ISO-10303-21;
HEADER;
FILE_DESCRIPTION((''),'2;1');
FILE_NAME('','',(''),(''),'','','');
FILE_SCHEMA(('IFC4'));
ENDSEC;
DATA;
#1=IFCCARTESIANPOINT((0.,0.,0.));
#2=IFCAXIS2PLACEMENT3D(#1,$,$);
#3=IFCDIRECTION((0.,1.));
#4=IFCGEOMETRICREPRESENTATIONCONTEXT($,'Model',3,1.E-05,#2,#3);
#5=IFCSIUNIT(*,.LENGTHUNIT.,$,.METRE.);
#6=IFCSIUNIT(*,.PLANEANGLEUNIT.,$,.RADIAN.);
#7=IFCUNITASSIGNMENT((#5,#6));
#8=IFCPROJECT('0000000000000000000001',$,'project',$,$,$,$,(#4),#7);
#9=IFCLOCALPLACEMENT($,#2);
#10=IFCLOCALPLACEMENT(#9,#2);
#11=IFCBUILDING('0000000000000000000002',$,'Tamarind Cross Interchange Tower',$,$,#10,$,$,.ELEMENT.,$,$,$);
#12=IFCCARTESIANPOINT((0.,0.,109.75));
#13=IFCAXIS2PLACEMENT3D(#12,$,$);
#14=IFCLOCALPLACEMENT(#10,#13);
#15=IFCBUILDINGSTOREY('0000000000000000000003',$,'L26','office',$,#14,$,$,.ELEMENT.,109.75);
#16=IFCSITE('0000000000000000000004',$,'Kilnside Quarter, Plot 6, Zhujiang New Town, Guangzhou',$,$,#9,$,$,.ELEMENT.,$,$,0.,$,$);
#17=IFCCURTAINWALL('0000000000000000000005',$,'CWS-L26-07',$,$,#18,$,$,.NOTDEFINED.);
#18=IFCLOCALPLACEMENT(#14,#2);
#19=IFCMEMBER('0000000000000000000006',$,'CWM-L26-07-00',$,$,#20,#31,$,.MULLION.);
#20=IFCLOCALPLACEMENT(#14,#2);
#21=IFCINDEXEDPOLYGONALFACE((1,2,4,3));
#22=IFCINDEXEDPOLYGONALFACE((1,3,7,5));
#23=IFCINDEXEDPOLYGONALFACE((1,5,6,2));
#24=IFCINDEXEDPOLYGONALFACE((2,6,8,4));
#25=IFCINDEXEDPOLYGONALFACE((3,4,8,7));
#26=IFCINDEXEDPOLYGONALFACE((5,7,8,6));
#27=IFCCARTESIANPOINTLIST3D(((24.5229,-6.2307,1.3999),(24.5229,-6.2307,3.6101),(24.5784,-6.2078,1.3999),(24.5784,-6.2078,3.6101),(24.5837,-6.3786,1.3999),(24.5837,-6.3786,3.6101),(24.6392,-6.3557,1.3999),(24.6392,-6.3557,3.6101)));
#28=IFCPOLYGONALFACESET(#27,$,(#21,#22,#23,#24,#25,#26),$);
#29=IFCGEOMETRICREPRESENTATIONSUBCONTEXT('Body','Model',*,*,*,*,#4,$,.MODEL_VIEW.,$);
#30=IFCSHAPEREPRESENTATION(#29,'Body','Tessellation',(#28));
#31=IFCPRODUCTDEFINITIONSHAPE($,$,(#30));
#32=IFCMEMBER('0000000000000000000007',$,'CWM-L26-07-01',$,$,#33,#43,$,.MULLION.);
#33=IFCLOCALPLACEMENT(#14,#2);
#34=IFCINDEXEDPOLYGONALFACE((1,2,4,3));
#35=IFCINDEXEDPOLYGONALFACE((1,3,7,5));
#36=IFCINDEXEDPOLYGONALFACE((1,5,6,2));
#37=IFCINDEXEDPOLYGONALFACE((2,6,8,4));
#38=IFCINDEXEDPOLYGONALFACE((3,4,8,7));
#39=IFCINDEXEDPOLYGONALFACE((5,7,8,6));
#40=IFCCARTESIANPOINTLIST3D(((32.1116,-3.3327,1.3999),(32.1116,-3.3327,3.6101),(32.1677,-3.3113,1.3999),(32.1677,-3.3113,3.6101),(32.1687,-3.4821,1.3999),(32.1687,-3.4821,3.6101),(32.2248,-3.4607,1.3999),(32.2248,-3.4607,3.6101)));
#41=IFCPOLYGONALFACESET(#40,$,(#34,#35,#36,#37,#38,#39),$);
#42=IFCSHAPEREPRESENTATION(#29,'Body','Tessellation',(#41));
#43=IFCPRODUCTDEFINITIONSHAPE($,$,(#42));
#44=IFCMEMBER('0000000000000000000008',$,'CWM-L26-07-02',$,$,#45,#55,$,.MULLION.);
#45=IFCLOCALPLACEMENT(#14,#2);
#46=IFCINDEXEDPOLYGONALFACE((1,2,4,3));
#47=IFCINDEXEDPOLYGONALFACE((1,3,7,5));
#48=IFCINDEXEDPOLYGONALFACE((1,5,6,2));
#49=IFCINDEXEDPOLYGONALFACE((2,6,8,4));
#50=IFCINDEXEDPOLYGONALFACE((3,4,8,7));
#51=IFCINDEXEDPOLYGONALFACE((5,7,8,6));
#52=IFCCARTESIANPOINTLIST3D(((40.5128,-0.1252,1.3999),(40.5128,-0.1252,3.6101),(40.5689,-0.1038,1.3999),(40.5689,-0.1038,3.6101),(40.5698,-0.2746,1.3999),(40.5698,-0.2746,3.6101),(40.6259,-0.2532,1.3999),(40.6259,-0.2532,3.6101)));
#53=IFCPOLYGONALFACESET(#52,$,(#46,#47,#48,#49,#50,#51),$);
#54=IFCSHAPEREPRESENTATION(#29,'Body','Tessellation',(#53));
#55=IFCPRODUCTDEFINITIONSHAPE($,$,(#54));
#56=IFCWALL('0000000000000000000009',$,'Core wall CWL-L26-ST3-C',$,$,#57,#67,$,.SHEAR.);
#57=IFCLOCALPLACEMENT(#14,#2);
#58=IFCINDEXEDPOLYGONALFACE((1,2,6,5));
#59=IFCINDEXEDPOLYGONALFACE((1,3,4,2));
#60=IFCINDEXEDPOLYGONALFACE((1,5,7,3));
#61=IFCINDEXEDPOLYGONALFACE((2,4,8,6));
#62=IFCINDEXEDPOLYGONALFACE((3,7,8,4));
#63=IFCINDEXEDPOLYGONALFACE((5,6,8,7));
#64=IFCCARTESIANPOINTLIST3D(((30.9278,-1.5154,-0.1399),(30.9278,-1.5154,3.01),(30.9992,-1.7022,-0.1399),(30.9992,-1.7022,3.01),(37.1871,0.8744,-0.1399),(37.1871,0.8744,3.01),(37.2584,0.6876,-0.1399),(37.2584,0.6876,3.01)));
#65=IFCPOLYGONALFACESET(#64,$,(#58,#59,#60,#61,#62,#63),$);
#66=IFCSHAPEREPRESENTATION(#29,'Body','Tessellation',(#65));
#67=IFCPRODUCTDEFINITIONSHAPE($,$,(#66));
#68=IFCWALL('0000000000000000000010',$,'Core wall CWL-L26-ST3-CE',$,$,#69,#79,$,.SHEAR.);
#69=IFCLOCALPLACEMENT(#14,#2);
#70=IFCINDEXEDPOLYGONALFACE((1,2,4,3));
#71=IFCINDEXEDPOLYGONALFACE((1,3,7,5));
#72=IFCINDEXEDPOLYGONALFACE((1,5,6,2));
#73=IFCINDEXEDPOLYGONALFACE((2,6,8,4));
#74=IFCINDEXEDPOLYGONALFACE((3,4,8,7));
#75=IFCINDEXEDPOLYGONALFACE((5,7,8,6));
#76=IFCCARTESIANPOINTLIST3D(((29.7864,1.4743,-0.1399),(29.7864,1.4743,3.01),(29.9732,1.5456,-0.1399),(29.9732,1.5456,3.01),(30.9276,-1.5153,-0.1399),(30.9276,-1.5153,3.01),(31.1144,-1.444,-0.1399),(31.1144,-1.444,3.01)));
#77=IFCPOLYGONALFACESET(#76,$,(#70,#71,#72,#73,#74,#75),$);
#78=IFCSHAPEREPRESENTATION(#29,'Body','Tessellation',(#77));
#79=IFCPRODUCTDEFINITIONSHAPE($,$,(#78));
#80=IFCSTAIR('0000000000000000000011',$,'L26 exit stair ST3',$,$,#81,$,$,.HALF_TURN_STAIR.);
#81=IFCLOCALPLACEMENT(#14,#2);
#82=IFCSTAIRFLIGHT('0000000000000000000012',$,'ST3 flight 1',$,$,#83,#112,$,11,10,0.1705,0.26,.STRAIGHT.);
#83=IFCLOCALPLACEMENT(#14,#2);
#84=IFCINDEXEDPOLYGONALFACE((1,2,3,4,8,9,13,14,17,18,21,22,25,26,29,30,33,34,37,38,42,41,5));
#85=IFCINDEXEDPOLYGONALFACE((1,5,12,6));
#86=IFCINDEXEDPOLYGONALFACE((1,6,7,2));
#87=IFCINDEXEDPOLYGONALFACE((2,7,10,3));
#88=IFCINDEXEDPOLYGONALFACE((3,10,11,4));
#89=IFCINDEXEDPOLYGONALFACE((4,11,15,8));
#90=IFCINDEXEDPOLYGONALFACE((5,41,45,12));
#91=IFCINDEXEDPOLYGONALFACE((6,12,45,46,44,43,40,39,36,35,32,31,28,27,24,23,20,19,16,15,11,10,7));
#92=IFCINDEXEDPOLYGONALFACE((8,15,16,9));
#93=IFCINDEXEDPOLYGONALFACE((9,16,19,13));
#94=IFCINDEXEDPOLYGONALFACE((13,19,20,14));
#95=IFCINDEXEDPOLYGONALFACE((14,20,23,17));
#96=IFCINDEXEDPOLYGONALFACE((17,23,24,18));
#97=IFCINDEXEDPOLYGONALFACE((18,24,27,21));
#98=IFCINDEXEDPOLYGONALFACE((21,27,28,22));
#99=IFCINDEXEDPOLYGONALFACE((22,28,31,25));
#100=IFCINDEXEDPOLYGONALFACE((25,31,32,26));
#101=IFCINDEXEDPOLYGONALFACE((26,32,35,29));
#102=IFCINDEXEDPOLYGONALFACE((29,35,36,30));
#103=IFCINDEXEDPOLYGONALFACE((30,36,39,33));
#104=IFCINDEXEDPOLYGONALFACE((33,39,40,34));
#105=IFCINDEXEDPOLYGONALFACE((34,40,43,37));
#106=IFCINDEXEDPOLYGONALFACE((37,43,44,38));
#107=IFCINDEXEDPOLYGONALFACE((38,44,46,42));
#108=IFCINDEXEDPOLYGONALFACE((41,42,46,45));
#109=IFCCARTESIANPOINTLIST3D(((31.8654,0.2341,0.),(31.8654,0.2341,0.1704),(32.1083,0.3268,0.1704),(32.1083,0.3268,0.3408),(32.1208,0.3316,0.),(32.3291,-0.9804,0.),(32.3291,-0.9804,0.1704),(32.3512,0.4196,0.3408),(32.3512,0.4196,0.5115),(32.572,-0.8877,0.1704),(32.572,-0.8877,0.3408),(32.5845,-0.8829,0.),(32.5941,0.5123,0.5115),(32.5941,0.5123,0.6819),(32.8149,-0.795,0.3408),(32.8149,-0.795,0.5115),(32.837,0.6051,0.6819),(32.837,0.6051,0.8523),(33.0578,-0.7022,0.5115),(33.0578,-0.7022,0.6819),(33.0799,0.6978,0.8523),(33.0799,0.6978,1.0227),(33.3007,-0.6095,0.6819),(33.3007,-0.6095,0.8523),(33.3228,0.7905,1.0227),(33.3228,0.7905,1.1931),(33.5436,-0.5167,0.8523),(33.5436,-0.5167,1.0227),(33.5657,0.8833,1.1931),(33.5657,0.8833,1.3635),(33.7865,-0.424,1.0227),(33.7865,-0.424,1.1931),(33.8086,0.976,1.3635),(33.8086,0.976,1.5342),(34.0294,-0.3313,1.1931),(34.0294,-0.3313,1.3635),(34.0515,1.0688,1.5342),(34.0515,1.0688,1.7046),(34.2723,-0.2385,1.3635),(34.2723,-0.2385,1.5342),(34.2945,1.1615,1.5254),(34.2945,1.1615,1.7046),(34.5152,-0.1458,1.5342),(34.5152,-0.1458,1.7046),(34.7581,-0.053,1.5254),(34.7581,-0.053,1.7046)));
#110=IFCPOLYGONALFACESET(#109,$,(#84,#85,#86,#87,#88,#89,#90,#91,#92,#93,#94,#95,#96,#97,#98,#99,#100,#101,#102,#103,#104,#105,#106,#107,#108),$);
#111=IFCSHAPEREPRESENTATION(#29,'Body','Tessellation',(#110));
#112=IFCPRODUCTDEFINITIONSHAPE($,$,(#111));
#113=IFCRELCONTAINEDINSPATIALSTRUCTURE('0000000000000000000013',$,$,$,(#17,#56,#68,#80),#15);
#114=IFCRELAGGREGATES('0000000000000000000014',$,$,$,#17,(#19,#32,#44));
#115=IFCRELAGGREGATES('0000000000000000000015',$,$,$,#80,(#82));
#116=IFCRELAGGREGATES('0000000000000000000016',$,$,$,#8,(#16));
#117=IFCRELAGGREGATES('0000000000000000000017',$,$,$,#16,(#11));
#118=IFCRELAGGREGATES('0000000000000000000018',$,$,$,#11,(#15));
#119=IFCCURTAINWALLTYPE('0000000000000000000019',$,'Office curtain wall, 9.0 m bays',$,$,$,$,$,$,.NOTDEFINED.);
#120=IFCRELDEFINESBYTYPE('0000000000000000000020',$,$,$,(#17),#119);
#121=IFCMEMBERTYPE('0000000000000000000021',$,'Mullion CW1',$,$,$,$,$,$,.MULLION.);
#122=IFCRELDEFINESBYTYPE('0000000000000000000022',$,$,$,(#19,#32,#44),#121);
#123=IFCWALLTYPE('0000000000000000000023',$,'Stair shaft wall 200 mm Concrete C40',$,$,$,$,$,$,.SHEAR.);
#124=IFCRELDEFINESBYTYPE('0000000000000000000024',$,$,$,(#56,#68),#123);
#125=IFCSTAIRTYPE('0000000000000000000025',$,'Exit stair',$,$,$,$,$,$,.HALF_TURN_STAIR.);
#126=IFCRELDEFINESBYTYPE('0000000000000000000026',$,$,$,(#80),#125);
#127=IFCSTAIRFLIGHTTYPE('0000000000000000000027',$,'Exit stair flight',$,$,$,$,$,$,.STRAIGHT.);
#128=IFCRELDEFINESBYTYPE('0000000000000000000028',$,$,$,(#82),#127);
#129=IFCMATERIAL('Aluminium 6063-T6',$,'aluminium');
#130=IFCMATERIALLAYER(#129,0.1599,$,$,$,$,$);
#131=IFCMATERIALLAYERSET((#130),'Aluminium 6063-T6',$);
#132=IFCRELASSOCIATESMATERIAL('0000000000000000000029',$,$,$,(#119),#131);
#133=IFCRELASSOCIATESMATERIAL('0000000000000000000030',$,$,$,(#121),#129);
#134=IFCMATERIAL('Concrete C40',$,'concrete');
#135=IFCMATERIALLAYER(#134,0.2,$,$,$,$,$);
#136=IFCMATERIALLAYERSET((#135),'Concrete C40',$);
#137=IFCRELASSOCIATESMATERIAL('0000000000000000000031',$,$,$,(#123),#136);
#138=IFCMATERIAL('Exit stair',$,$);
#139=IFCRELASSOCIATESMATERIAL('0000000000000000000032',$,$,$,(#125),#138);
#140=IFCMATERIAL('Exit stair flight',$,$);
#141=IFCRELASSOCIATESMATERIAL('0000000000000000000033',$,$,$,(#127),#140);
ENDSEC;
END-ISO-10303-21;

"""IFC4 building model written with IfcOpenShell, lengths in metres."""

from ifc_helpers import new_model, si_unit, direction, frame, frame_2d, origin, origin_2d, place, context, subcontext, project, spatial, polyline, rectangle, outline, extrude, material, layer, layer_set, material_profile, profile_set, type_object, element, aggregate, save


model = new_model("IFC4")

# Units and contexts
model_context = context("Model", 3, precision=1e-05, world=origin(), true_north=direction((0.0, 1.0)))
body_context = subcontext(model_context, "Body", "Model", "MODEL_VIEW")
ifc_project = project(units=[si_unit("LENGTHUNIT", "METRE"), si_unit("PLANEANGLEUNIT", "RADIAN")], contexts=[model_context])

# Site, building, storey
site_placement = place(None, origin())
site = spatial("IfcSite", under=ifc_project, at=site_placement, Name="Kilnside Quarter, Plot 6, Zhujiang New Town, Guangzhou", CompositionType="ELEMENT", RefElevation=0.0)
building_placement = place(site_placement, origin())
building = spatial("IfcBuilding", under=site, at=building_placement, Name="Tamarind Cross Interchange Tower", CompositionType="ELEMENT")
storey_placement = place(building_placement, frame((0.0, 0.0, 109.75)))
storey = spatial("IfcBuildingStorey", under=building, at=storey_placement, Name="L26", Description="office", CompositionType="ELEMENT", Elevation=109.75)

# Curtain wall, members
ifc_material_1 = material(Name="Aluminium 6063-T6", Category="aluminium")
ifc_layer_1 = layer(ifc_material_1, 0.1599)
ifc_layer_set_1 = layer_set([ifc_layer_1], Name="Aluminium 6063-T6")
curtain_wall_type = type_object("IfcCurtainWallType", Name="Office curtain wall, 9.0 m bays", PredefinedType="NOTDEFINED", material=ifc_layer_set_1)
curtain_wall_placement = place(storey_placement, origin())
curtain_wall = element("IfcCurtainWall", 1, at=curtain_wall_placement, inside=storey, type_object=curtain_wall_type, Name="CWS-L26-07", PredefinedType="NOTDEFINED")
ifc_material_profile_1 = material_profile(ifc_material_1, rectangle(XDim=0.0601, YDim=0.1599, at=origin_2d()), Name="Mullion CW1")
ifc_profile_set_1 = profile_set([ifc_material_profile_1], Name="Aluminium 6063-T6")
member_type = type_object("IfcMemberType", Name="Mullion CW1", PredefinedType="MULLION", material=ifc_profile_set_1)
member_1_placement = place(storey_placement, frame((24.5811, -6.2932, 1.3999), z_axis=(0.0, 0.0, 1.0), x_axis=(0.924918, 0.380165, 0.0)))
member_1 = element("IfcMember", 2, at=member_1_placement, type_object=member_type, Name="CWM-L26-07-00", PredefinedType="MULLION", context=body_context, shape_type="SweptSolid", body=[
    extrude(rectangle(XDim=0.0601, YDim=0.1599, at=origin_2d()), origin(), (0.0, 0.0, 1.0), 2.2102),
])
member_2_placement = place(storey_placement, frame((32.1682, -3.3967, 1.3999), z_axis=(0.0, 0.0, 1.0), x_axis=(0.934229, 0.356673, 0.0)))
member_2 = element("IfcMember", 3, at=member_2_placement, type_object=member_type, Name="CWM-L26-07-01", PredefinedType="MULLION", context=body_context, shape_type="SweptSolid", body=[
    extrude(rectangle(XDim=0.0601, YDim=0.1599, at=origin_2d()), origin(), (0.0, 0.0, 1.0), 2.2102),
])
member_3_placement = place(storey_placement, frame((40.5693, -0.1892, 1.3999), z_axis=(0.0, 0.0, 1.0), x_axis=(0.934229, 0.356673, 0.0)))
member_3 = element("IfcMember", 4, at=member_3_placement, type_object=member_type, Name="CWM-L26-07-02", PredefinedType="MULLION", context=body_context, shape_type="SweptSolid", body=[
    extrude(rectangle(XDim=0.0601, YDim=0.1599, at=origin_2d()), origin(), (0.0, 0.0, 1.0), 2.2102),
])
aggregate(curtain_wall, [member_1, member_2, member_3])

# Walls
ifc_material_2 = material(Name="Concrete C40", Category="concrete")
ifc_layer_2 = layer(ifc_material_2, 0.2)
ifc_layer_set_2 = layer_set([ifc_layer_2], Name="Concrete C40")
wall_type = type_object("IfcWallType", Name="Stair shaft wall 200 mm Concrete C40", PredefinedType="SHEAR", material=ifc_layer_set_2)
wall_1_placement = place(storey_placement, frame((30.9634, -1.6089, -0.1399), z_axis=(0.0, 0.0, 1.0), x_axis=(0.934219, 0.3567, 0.0)))
element("IfcWall", 5, at=wall_1_placement, inside=storey, type_object=wall_type, Name="Core wall CWL-L26-ST3-C", PredefinedType="SHEAR", context=body_context, shape_type="SweptSolid", body=[
    extrude(rectangle(XDim=6.7, YDim=0.2, at=frame_2d((3.3501, 0.0))), origin(), (0.0, 0.0, 1.0), 3.1499),
])
wall_2_placement = place(storey_placement, frame((31.021, -1.4797, -0.1399), z_axis=(0.0, 0.0, 1.0), x_axis=(-0.356611, 0.934253, 0.0)))
element("IfcWall", 6, at=wall_2_placement, inside=storey, type_object=wall_type, Name="Core wall CWL-L26-ST3-CE", PredefinedType="SHEAR", context=body_context, shape_type="SweptSolid", body=[
    extrude(rectangle(XDim=3.2, YDim=0.2, at=frame_2d((1.6001, 0.0))), origin(), (0.0, 0.0, 1.0), 3.1499),
])

# Stair, stair flight
ifc_material_3 = material(Name="Exit stair")
stair_type = type_object("IfcStairType", Name="Exit stair", PredefinedType="HALF_TURN_STAIR", material=ifc_material_3)
stair_placement = place(storey_placement, origin())
stair = element("IfcStair", 7, at=stair_placement, inside=storey, type_object=stair_type, Name="L26 exit stair ST3", PredefinedType="HALF_TURN_STAIR")
ifc_material_4 = material(Name="Exit stair flight")
stair_flight_type = type_object("IfcStairFlightType", Name="Exit stair flight", PredefinedType="STRAIGHT", material=ifc_material_4)
stair_flight_placement = place(storey_placement, frame((32.0972, -0.373, 0.0), z_axis=(0.0, 0.0, 1.0), x_axis=(0.934229, 0.356673, 0.0)))
stair_flight = element("IfcStairFlight", 8, at=stair_flight_placement, type_object=stair_flight_type, Name="ST3 flight 1", NumberOfRisers=11, NumberOfTreads=10, PredefinedType="STRAIGHT", RiserHeight=0.1705, TreadLength=0.26, context=body_context, shape_type="SweptSolid", body=[
    extrude(outline(polyline([(0.0, 0.0), (0.0, 0.1704), (0.26, 0.1704), (0.26, 0.3408), (0.52, 0.3408), (0.52, 0.5115), (0.78, 0.5115), (0.78, 0.6819), (1.04, 0.6819), (1.04, 0.8523), (1.3, 0.8523), (1.3, 1.0227), (1.5601, 1.0227), (1.5601, 1.1931), (1.8201, 1.1931), (1.8201, 1.3635), (2.0801, 1.3635), (2.0801, 1.5342), (2.3401, 1.5342), (2.3401, 1.7046), (2.6001, 1.7046), (2.6001, 1.875), (2.6001, 1.5254), (0.2734, 0.0), (0.0, 0.0)])), frame((0.0, 0.6499, 0.0), z_axis=(0.0, -1.0, 0.0), x_axis=(1.0, 0.0, 0.0)), (0.0, 0.0, 1.0), 1.3),
])
aggregate(stair, [stair_flight])

save(model, "model.ifc")
